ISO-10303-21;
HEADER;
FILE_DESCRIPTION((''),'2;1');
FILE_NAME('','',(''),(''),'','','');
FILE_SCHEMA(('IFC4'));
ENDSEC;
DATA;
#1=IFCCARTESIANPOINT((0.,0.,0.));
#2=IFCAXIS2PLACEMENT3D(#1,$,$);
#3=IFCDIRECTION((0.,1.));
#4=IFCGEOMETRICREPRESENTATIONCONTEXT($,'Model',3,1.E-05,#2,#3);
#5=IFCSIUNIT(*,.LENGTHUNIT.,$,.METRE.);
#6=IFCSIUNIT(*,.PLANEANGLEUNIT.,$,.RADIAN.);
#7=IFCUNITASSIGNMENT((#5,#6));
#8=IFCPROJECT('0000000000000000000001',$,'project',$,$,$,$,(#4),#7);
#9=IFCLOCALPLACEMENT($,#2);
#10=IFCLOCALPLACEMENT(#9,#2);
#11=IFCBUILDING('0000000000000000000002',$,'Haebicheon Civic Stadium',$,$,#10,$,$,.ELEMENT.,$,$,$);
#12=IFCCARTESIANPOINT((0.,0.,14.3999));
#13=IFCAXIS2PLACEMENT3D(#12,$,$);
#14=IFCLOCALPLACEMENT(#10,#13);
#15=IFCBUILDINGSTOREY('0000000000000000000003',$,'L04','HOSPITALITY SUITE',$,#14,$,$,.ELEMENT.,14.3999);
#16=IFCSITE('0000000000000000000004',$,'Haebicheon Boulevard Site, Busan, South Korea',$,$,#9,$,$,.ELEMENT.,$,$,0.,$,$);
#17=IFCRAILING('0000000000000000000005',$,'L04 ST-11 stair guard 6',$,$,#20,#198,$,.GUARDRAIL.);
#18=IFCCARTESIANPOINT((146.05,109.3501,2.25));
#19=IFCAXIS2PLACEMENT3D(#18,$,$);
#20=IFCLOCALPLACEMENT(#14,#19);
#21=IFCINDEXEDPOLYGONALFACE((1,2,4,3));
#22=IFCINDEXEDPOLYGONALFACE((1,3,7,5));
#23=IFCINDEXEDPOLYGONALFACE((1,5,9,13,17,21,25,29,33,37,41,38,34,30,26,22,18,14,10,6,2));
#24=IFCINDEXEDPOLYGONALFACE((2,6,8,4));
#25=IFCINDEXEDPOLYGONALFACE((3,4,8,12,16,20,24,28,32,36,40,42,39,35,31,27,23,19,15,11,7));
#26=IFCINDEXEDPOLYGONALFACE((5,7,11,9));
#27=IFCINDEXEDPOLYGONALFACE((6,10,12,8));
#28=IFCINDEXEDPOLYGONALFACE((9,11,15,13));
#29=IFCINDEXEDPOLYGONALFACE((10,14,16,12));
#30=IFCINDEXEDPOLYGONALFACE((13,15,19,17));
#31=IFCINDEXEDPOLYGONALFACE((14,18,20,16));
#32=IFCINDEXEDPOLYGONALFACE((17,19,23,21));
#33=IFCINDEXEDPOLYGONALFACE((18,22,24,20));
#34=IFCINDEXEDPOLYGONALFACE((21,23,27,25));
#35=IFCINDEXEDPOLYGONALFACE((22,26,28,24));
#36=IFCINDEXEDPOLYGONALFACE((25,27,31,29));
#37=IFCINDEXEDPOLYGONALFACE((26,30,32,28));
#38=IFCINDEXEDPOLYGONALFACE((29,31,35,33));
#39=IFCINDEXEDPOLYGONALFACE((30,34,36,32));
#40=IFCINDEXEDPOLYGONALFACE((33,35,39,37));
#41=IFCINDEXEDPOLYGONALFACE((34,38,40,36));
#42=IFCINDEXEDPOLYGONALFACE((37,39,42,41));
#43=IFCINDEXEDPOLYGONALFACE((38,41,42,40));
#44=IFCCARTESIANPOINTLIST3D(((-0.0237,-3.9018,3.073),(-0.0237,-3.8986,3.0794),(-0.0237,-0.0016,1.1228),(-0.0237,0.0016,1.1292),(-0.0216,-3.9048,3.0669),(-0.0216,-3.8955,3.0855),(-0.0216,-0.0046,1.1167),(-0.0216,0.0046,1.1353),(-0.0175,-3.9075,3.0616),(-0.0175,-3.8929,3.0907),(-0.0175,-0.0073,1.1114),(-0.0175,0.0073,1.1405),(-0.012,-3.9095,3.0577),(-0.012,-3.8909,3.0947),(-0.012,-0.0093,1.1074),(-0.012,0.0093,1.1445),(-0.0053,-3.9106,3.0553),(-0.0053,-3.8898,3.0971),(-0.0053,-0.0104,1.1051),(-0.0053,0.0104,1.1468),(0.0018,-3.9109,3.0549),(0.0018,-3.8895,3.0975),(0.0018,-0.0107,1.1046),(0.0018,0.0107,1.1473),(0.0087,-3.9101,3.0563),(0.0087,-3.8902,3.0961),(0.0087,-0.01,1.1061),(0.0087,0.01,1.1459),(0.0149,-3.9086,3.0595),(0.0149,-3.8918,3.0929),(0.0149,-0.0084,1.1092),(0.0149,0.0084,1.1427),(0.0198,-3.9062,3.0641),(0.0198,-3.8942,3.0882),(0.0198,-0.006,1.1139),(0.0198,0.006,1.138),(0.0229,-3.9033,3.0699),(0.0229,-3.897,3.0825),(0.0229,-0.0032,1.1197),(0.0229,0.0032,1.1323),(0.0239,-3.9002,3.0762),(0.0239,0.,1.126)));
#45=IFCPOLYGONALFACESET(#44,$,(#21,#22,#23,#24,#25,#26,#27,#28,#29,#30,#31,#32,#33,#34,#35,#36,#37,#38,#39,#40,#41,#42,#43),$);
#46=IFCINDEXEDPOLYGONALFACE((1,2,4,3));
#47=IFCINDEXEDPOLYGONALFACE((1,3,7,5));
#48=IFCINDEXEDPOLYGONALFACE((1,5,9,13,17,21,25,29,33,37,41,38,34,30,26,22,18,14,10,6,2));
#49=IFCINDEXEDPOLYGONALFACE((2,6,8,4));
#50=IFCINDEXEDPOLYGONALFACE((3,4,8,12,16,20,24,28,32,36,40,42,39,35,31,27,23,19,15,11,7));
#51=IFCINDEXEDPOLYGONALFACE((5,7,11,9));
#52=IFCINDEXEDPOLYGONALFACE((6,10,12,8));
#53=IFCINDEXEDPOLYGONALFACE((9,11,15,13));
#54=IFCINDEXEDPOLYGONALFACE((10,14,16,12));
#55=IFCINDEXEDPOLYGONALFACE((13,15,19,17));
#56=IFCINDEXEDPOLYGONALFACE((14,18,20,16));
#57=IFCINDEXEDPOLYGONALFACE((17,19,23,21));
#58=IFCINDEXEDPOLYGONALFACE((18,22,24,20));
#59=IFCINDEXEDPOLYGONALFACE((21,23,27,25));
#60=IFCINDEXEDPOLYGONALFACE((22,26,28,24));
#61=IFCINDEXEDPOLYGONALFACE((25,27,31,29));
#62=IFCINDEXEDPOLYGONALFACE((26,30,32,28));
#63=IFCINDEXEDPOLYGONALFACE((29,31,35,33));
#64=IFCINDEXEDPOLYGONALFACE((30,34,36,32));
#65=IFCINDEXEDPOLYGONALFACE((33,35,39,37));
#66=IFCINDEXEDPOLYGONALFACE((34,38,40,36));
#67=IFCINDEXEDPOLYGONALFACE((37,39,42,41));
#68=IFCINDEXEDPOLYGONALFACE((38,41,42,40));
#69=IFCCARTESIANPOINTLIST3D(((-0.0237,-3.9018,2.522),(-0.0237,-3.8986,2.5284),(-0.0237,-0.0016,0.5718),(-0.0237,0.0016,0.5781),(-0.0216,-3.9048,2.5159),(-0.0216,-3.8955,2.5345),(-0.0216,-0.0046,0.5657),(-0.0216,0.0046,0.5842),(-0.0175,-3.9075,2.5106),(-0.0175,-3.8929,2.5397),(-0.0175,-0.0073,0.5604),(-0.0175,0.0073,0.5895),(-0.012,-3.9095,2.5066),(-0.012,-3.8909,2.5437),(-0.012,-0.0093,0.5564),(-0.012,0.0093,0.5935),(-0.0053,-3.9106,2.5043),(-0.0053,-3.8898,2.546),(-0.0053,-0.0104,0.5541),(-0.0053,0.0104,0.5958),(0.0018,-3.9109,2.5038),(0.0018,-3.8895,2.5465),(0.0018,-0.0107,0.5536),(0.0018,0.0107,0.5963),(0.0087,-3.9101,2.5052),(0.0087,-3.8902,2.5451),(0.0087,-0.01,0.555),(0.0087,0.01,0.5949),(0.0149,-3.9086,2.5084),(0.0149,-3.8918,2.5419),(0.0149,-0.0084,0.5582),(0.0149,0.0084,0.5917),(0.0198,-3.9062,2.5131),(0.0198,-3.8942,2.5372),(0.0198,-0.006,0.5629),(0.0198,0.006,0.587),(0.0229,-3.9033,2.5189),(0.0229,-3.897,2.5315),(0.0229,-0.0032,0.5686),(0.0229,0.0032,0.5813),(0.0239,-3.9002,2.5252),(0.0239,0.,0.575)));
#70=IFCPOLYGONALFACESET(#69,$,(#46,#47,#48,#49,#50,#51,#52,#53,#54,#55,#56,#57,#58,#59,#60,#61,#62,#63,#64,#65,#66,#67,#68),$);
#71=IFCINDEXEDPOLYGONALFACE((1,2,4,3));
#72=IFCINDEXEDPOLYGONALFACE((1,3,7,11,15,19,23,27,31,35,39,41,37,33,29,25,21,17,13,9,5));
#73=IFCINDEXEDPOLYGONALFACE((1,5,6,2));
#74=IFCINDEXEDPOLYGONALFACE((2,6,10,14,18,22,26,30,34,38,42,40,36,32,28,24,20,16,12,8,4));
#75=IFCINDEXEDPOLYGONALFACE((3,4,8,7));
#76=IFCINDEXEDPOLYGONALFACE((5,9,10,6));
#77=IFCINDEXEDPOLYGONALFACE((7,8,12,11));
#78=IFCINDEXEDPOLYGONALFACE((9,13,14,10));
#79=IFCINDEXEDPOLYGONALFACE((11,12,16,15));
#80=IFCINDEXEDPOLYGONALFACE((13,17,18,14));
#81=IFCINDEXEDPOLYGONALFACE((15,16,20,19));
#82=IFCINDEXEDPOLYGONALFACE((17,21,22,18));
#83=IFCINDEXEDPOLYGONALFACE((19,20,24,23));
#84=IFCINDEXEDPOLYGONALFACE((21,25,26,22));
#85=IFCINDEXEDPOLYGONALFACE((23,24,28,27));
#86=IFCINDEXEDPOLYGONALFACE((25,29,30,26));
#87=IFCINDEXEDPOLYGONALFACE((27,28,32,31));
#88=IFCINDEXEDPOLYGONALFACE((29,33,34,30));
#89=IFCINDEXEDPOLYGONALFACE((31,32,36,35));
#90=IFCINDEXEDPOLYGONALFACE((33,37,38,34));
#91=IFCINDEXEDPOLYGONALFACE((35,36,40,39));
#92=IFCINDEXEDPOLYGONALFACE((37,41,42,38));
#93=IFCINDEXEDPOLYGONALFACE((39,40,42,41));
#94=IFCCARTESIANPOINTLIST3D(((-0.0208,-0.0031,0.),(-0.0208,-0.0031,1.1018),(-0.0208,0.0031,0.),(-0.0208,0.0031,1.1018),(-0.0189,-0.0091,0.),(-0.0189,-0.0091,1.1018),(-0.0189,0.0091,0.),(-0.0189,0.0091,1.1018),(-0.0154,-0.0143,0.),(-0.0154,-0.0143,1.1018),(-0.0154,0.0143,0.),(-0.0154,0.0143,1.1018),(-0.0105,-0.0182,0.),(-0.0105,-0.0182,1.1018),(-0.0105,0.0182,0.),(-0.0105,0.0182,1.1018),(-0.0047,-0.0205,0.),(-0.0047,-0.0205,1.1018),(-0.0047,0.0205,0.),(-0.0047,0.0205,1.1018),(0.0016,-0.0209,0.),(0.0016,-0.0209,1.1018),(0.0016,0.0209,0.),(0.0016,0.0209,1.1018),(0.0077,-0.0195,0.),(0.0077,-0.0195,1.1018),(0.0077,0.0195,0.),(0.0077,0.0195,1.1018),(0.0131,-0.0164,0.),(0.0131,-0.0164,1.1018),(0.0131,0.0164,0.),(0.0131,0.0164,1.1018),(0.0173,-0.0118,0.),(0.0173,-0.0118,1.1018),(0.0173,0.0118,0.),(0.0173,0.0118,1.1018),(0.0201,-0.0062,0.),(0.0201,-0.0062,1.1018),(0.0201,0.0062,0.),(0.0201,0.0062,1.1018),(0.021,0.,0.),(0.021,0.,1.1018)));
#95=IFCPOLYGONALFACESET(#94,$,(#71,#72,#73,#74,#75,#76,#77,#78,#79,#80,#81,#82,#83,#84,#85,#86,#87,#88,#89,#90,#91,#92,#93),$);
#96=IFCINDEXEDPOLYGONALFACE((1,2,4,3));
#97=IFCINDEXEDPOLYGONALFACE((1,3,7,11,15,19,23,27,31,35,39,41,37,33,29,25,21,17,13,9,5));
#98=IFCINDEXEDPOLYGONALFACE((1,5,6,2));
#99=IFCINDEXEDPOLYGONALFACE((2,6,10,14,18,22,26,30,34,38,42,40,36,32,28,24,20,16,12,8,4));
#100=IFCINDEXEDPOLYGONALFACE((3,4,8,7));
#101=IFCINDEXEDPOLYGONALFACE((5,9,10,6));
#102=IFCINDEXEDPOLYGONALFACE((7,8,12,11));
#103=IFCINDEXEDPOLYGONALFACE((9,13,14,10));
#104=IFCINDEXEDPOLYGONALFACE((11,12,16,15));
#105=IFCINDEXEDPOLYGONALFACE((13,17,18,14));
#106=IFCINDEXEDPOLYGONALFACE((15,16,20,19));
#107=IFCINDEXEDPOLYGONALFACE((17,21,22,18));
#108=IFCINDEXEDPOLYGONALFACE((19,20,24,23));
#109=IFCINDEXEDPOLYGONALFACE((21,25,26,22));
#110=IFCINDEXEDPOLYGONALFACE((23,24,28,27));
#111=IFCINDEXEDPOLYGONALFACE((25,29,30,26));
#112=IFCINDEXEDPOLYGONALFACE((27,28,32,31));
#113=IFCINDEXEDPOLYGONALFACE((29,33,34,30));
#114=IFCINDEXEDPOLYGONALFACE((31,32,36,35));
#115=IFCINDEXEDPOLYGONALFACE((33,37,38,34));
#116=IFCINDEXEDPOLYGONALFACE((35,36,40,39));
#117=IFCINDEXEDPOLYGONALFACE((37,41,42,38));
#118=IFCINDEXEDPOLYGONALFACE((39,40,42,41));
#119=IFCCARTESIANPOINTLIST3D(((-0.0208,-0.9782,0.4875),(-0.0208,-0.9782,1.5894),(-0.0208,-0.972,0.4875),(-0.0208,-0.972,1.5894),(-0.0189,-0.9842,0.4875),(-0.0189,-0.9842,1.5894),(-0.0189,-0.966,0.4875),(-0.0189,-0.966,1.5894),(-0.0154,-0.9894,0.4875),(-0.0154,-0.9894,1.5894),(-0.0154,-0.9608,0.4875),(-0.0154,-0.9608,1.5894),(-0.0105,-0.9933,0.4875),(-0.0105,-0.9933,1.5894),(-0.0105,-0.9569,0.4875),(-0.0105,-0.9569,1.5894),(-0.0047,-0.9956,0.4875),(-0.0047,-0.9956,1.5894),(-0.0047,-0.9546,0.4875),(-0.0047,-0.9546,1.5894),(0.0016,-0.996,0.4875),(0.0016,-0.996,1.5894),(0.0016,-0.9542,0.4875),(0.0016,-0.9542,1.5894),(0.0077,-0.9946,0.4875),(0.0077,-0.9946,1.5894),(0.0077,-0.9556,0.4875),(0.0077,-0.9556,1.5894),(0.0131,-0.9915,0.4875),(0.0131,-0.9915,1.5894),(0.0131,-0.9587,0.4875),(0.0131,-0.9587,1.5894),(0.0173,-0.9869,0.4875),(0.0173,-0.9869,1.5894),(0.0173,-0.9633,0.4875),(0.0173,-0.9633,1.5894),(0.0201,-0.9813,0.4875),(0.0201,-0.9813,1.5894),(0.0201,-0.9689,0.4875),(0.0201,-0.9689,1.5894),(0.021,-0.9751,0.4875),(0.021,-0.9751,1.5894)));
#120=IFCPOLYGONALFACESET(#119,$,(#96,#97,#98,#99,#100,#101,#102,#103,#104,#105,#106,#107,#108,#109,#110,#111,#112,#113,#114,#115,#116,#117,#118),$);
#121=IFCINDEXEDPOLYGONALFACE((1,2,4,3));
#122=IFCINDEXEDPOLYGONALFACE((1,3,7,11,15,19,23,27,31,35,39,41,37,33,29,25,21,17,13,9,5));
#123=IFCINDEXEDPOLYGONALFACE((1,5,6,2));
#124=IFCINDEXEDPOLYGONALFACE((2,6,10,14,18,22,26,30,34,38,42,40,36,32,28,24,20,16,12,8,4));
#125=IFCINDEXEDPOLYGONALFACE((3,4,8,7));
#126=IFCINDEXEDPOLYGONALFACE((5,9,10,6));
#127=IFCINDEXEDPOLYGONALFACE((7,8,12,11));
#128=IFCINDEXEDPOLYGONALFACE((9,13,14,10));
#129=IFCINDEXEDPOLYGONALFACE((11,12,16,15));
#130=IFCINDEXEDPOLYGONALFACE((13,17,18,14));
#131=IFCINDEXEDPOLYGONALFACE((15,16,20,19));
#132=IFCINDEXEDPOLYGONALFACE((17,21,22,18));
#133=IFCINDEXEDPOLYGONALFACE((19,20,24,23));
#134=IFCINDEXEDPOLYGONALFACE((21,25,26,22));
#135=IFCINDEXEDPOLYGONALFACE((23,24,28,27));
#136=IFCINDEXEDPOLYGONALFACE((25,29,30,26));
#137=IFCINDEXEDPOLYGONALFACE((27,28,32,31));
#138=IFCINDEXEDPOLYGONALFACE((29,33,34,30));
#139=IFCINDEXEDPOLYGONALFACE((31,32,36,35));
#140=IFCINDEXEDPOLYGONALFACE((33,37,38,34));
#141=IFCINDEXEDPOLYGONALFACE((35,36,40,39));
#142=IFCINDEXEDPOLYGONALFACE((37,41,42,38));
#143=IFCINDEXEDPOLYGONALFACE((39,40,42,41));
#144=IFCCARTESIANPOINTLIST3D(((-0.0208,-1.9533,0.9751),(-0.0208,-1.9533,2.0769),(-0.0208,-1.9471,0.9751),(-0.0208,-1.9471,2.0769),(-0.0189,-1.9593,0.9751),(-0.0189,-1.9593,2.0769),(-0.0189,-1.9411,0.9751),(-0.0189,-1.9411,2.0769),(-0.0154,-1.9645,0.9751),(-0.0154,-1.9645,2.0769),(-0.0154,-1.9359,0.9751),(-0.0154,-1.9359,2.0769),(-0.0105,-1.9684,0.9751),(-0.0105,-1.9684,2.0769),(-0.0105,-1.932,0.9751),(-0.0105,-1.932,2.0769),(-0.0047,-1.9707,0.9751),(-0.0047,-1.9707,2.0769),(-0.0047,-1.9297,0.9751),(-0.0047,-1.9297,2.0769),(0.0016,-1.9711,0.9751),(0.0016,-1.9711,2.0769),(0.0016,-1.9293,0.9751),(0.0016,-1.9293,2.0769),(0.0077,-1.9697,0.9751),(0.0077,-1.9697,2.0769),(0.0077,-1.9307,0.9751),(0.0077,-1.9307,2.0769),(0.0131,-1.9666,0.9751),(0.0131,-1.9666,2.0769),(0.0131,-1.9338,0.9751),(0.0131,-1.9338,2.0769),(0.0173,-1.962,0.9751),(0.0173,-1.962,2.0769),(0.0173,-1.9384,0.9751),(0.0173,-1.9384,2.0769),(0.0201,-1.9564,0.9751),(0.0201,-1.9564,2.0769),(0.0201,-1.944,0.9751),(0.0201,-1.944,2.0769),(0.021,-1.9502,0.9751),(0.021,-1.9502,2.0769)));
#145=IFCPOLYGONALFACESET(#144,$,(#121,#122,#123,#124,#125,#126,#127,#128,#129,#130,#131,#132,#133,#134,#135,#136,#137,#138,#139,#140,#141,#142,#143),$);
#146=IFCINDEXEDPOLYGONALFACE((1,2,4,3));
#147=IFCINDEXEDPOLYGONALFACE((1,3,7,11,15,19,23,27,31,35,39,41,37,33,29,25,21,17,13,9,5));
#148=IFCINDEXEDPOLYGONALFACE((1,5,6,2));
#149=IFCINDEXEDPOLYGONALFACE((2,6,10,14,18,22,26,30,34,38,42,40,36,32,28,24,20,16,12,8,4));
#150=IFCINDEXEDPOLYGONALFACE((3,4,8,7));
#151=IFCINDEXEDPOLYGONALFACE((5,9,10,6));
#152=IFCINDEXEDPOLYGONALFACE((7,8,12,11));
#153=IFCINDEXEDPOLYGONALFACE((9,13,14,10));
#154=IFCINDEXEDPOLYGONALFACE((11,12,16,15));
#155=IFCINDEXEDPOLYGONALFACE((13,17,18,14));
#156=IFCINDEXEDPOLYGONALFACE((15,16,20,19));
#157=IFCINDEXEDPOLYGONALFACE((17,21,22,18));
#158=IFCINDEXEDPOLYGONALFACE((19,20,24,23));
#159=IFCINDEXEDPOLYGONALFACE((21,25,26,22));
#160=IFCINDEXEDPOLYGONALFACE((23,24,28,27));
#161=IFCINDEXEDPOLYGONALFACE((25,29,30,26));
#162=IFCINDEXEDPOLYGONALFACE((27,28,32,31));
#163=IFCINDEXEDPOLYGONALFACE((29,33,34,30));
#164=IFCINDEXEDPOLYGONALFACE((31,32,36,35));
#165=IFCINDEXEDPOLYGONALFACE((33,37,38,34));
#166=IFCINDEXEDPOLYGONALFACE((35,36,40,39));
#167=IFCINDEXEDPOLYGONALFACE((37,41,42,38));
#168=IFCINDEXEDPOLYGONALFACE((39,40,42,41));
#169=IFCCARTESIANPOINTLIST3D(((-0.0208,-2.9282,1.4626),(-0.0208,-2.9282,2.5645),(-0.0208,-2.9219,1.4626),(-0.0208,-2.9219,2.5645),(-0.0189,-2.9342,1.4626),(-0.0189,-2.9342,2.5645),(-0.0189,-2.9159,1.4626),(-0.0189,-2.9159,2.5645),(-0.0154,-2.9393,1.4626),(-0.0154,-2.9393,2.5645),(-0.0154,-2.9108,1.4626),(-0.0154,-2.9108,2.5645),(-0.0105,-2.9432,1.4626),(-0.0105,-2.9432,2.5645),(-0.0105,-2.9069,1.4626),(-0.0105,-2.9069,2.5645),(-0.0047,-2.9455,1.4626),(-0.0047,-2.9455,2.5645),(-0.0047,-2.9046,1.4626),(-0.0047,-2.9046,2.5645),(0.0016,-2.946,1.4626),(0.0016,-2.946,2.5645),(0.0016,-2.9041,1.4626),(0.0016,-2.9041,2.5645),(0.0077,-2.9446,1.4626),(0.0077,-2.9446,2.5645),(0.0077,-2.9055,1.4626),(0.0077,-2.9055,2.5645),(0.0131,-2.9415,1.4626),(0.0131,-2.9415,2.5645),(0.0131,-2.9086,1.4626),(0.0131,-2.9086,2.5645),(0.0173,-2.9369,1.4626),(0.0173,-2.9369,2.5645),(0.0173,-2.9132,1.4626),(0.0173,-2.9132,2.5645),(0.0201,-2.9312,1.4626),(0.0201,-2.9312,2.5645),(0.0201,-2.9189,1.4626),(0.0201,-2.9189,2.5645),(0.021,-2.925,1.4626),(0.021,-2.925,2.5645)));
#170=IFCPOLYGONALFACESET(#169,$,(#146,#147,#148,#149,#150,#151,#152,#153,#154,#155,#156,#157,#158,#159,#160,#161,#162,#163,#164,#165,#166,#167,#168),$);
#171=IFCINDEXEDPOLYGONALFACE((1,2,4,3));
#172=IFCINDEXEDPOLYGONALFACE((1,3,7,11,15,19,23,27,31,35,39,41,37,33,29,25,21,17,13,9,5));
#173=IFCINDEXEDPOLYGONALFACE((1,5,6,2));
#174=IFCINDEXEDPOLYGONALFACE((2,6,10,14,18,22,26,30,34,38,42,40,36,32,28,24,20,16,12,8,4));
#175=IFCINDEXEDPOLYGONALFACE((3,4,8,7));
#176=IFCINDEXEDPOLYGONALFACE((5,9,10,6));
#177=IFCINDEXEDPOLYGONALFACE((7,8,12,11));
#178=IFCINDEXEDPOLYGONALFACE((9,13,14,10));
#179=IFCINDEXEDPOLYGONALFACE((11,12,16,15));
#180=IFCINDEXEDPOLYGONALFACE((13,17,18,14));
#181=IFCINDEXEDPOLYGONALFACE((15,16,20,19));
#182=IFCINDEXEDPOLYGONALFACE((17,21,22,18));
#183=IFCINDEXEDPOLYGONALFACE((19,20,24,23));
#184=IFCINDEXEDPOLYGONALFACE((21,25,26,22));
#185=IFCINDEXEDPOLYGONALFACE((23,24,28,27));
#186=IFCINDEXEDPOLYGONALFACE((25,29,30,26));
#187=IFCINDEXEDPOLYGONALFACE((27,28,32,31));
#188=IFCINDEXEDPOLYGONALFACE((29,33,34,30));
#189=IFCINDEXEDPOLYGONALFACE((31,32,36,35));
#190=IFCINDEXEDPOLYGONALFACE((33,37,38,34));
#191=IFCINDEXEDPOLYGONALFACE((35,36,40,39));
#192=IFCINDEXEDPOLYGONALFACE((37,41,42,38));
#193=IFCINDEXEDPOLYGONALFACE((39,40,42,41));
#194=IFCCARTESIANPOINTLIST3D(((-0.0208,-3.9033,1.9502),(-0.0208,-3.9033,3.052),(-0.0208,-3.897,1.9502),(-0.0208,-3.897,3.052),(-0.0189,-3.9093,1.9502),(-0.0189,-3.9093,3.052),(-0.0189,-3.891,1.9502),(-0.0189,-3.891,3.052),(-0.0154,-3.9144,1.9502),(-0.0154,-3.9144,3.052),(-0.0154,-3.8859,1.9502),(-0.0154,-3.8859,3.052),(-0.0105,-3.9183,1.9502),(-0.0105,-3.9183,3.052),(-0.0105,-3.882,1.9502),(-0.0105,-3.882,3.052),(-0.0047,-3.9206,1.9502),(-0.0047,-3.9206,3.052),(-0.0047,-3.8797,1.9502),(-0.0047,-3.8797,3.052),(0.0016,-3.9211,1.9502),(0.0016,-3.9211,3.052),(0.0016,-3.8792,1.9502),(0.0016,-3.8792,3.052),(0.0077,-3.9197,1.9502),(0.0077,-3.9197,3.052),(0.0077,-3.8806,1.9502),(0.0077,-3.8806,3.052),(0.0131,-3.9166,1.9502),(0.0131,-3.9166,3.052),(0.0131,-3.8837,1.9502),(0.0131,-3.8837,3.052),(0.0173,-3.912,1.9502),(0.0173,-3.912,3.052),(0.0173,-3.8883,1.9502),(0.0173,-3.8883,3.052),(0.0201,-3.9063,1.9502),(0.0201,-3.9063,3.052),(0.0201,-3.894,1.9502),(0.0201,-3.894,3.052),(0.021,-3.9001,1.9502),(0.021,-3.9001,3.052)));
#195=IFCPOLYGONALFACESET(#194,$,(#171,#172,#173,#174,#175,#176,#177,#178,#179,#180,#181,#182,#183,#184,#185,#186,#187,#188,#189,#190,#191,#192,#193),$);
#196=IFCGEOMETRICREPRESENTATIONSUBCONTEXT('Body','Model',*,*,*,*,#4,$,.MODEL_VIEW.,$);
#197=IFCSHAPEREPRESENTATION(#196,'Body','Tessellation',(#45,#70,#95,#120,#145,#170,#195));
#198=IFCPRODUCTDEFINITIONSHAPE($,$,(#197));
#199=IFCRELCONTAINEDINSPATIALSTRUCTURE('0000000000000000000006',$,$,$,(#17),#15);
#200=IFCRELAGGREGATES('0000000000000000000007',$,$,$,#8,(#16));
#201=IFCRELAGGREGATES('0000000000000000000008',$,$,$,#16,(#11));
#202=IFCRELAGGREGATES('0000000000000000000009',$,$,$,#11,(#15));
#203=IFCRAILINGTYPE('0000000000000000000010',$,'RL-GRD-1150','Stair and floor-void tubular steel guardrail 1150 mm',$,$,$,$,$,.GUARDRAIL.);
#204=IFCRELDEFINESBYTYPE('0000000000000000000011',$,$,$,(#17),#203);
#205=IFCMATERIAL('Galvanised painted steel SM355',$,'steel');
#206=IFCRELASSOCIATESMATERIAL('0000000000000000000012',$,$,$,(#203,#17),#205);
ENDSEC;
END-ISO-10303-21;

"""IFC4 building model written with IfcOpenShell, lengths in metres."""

from ifc_helpers import new_model, si_unit, direction, frame, origin, origin_2d, place, context, subcontext, project, spatial, circle, extrude, material, type_object, element, save


model = new_model("IFC4")

# Units and contexts
model_context = context("Model", 3, precision=1e-05, world=origin(), true_north=direction((0.0, 1.0)))
body_context = subcontext(model_context, "Body", "Model", "MODEL_VIEW")
ifc_project = project(units=[si_unit("LENGTHUNIT", "METRE"), si_unit("PLANEANGLEUNIT", "RADIAN")], contexts=[model_context])

# Site, building, storey
site_placement = place(None, origin())
site = spatial("IfcSite", under=ifc_project, at=site_placement, Name="Haebicheon Boulevard Site, Busan, South Korea", CompositionType="ELEMENT", RefElevation=0.0)
building_placement = place(site_placement, origin())
building = spatial("IfcBuilding", under=site, at=building_placement, Name="Haebicheon Civic Stadium", CompositionType="ELEMENT")
storey_placement = place(building_placement, frame((0.0, 0.0, 14.3999)))
storey = spatial("IfcBuildingStorey", under=building, at=storey_placement, Name="L04", Description="HOSPITALITY SUITE", CompositionType="ELEMENT", Elevation=14.3999)

# Railing
ifc_material_1 = material(Name="Galvanised painted steel SM355", Category="steel")
railing_type_1 = type_object("IfcRailingType", Name="RL-GRD-1150", Description="Stair and floor-void tubular steel guardrail 1150 mm", PredefinedType="GUARDRAIL", material=ifc_material_1)
railing_1_placement = place(storey_placement, frame((146.05, 109.3501, 2.25)))
element("IfcRailing", 1, at=railing_1_placement, inside=storey, type_object=railing_type_1, material=ifc_material_1, Name="L04 ST-11 stair guard 6", PredefinedType="GUARDRAIL", context=body_context, shape_type="SweptSolid", body=[
    extrude(circle(Radius=0.0239, at=origin_2d()), frame((0.0, 0.0, 1.126), z_axis=(0.0, -0.894416, 0.447236), x_axis=(1.0, 0.0, 0.0)), (0.0, 0.0, 1.0), 4.3606),
    extrude(circle(Radius=0.0239, at=origin_2d()), frame((0.0, 0.0, 0.575), z_axis=(0.0, -0.894416, 0.447236), x_axis=(1.0, 0.0, 0.0)), (0.0, 0.0, 1.0), 4.3606),
    extrude(circle(Radius=0.021, at=origin_2d()), origin(), (0.0, 0.0, 1.0), 1.1018),
    extrude(circle(Radius=0.021, at=origin_2d()), frame((0.0, -0.9751, 0.4875)), (0.0, 0.0, 1.0), 1.1018),
    extrude(circle(Radius=0.021, at=origin_2d()), frame((0.0, -1.9502, 0.9751)), (0.0, 0.0, 1.0), 1.1018),
    extrude(circle(Radius=0.021, at=origin_2d()), frame((0.0, -2.925, 1.4626)), (0.0, 0.0, 1.0), 1.1018),
    extrude(circle(Radius=0.021, at=origin_2d()), frame((0.0, -3.9001, 1.9502)), (0.0, 0.0, 1.0), 1.1018),
])

save(model, "model.ifc")
